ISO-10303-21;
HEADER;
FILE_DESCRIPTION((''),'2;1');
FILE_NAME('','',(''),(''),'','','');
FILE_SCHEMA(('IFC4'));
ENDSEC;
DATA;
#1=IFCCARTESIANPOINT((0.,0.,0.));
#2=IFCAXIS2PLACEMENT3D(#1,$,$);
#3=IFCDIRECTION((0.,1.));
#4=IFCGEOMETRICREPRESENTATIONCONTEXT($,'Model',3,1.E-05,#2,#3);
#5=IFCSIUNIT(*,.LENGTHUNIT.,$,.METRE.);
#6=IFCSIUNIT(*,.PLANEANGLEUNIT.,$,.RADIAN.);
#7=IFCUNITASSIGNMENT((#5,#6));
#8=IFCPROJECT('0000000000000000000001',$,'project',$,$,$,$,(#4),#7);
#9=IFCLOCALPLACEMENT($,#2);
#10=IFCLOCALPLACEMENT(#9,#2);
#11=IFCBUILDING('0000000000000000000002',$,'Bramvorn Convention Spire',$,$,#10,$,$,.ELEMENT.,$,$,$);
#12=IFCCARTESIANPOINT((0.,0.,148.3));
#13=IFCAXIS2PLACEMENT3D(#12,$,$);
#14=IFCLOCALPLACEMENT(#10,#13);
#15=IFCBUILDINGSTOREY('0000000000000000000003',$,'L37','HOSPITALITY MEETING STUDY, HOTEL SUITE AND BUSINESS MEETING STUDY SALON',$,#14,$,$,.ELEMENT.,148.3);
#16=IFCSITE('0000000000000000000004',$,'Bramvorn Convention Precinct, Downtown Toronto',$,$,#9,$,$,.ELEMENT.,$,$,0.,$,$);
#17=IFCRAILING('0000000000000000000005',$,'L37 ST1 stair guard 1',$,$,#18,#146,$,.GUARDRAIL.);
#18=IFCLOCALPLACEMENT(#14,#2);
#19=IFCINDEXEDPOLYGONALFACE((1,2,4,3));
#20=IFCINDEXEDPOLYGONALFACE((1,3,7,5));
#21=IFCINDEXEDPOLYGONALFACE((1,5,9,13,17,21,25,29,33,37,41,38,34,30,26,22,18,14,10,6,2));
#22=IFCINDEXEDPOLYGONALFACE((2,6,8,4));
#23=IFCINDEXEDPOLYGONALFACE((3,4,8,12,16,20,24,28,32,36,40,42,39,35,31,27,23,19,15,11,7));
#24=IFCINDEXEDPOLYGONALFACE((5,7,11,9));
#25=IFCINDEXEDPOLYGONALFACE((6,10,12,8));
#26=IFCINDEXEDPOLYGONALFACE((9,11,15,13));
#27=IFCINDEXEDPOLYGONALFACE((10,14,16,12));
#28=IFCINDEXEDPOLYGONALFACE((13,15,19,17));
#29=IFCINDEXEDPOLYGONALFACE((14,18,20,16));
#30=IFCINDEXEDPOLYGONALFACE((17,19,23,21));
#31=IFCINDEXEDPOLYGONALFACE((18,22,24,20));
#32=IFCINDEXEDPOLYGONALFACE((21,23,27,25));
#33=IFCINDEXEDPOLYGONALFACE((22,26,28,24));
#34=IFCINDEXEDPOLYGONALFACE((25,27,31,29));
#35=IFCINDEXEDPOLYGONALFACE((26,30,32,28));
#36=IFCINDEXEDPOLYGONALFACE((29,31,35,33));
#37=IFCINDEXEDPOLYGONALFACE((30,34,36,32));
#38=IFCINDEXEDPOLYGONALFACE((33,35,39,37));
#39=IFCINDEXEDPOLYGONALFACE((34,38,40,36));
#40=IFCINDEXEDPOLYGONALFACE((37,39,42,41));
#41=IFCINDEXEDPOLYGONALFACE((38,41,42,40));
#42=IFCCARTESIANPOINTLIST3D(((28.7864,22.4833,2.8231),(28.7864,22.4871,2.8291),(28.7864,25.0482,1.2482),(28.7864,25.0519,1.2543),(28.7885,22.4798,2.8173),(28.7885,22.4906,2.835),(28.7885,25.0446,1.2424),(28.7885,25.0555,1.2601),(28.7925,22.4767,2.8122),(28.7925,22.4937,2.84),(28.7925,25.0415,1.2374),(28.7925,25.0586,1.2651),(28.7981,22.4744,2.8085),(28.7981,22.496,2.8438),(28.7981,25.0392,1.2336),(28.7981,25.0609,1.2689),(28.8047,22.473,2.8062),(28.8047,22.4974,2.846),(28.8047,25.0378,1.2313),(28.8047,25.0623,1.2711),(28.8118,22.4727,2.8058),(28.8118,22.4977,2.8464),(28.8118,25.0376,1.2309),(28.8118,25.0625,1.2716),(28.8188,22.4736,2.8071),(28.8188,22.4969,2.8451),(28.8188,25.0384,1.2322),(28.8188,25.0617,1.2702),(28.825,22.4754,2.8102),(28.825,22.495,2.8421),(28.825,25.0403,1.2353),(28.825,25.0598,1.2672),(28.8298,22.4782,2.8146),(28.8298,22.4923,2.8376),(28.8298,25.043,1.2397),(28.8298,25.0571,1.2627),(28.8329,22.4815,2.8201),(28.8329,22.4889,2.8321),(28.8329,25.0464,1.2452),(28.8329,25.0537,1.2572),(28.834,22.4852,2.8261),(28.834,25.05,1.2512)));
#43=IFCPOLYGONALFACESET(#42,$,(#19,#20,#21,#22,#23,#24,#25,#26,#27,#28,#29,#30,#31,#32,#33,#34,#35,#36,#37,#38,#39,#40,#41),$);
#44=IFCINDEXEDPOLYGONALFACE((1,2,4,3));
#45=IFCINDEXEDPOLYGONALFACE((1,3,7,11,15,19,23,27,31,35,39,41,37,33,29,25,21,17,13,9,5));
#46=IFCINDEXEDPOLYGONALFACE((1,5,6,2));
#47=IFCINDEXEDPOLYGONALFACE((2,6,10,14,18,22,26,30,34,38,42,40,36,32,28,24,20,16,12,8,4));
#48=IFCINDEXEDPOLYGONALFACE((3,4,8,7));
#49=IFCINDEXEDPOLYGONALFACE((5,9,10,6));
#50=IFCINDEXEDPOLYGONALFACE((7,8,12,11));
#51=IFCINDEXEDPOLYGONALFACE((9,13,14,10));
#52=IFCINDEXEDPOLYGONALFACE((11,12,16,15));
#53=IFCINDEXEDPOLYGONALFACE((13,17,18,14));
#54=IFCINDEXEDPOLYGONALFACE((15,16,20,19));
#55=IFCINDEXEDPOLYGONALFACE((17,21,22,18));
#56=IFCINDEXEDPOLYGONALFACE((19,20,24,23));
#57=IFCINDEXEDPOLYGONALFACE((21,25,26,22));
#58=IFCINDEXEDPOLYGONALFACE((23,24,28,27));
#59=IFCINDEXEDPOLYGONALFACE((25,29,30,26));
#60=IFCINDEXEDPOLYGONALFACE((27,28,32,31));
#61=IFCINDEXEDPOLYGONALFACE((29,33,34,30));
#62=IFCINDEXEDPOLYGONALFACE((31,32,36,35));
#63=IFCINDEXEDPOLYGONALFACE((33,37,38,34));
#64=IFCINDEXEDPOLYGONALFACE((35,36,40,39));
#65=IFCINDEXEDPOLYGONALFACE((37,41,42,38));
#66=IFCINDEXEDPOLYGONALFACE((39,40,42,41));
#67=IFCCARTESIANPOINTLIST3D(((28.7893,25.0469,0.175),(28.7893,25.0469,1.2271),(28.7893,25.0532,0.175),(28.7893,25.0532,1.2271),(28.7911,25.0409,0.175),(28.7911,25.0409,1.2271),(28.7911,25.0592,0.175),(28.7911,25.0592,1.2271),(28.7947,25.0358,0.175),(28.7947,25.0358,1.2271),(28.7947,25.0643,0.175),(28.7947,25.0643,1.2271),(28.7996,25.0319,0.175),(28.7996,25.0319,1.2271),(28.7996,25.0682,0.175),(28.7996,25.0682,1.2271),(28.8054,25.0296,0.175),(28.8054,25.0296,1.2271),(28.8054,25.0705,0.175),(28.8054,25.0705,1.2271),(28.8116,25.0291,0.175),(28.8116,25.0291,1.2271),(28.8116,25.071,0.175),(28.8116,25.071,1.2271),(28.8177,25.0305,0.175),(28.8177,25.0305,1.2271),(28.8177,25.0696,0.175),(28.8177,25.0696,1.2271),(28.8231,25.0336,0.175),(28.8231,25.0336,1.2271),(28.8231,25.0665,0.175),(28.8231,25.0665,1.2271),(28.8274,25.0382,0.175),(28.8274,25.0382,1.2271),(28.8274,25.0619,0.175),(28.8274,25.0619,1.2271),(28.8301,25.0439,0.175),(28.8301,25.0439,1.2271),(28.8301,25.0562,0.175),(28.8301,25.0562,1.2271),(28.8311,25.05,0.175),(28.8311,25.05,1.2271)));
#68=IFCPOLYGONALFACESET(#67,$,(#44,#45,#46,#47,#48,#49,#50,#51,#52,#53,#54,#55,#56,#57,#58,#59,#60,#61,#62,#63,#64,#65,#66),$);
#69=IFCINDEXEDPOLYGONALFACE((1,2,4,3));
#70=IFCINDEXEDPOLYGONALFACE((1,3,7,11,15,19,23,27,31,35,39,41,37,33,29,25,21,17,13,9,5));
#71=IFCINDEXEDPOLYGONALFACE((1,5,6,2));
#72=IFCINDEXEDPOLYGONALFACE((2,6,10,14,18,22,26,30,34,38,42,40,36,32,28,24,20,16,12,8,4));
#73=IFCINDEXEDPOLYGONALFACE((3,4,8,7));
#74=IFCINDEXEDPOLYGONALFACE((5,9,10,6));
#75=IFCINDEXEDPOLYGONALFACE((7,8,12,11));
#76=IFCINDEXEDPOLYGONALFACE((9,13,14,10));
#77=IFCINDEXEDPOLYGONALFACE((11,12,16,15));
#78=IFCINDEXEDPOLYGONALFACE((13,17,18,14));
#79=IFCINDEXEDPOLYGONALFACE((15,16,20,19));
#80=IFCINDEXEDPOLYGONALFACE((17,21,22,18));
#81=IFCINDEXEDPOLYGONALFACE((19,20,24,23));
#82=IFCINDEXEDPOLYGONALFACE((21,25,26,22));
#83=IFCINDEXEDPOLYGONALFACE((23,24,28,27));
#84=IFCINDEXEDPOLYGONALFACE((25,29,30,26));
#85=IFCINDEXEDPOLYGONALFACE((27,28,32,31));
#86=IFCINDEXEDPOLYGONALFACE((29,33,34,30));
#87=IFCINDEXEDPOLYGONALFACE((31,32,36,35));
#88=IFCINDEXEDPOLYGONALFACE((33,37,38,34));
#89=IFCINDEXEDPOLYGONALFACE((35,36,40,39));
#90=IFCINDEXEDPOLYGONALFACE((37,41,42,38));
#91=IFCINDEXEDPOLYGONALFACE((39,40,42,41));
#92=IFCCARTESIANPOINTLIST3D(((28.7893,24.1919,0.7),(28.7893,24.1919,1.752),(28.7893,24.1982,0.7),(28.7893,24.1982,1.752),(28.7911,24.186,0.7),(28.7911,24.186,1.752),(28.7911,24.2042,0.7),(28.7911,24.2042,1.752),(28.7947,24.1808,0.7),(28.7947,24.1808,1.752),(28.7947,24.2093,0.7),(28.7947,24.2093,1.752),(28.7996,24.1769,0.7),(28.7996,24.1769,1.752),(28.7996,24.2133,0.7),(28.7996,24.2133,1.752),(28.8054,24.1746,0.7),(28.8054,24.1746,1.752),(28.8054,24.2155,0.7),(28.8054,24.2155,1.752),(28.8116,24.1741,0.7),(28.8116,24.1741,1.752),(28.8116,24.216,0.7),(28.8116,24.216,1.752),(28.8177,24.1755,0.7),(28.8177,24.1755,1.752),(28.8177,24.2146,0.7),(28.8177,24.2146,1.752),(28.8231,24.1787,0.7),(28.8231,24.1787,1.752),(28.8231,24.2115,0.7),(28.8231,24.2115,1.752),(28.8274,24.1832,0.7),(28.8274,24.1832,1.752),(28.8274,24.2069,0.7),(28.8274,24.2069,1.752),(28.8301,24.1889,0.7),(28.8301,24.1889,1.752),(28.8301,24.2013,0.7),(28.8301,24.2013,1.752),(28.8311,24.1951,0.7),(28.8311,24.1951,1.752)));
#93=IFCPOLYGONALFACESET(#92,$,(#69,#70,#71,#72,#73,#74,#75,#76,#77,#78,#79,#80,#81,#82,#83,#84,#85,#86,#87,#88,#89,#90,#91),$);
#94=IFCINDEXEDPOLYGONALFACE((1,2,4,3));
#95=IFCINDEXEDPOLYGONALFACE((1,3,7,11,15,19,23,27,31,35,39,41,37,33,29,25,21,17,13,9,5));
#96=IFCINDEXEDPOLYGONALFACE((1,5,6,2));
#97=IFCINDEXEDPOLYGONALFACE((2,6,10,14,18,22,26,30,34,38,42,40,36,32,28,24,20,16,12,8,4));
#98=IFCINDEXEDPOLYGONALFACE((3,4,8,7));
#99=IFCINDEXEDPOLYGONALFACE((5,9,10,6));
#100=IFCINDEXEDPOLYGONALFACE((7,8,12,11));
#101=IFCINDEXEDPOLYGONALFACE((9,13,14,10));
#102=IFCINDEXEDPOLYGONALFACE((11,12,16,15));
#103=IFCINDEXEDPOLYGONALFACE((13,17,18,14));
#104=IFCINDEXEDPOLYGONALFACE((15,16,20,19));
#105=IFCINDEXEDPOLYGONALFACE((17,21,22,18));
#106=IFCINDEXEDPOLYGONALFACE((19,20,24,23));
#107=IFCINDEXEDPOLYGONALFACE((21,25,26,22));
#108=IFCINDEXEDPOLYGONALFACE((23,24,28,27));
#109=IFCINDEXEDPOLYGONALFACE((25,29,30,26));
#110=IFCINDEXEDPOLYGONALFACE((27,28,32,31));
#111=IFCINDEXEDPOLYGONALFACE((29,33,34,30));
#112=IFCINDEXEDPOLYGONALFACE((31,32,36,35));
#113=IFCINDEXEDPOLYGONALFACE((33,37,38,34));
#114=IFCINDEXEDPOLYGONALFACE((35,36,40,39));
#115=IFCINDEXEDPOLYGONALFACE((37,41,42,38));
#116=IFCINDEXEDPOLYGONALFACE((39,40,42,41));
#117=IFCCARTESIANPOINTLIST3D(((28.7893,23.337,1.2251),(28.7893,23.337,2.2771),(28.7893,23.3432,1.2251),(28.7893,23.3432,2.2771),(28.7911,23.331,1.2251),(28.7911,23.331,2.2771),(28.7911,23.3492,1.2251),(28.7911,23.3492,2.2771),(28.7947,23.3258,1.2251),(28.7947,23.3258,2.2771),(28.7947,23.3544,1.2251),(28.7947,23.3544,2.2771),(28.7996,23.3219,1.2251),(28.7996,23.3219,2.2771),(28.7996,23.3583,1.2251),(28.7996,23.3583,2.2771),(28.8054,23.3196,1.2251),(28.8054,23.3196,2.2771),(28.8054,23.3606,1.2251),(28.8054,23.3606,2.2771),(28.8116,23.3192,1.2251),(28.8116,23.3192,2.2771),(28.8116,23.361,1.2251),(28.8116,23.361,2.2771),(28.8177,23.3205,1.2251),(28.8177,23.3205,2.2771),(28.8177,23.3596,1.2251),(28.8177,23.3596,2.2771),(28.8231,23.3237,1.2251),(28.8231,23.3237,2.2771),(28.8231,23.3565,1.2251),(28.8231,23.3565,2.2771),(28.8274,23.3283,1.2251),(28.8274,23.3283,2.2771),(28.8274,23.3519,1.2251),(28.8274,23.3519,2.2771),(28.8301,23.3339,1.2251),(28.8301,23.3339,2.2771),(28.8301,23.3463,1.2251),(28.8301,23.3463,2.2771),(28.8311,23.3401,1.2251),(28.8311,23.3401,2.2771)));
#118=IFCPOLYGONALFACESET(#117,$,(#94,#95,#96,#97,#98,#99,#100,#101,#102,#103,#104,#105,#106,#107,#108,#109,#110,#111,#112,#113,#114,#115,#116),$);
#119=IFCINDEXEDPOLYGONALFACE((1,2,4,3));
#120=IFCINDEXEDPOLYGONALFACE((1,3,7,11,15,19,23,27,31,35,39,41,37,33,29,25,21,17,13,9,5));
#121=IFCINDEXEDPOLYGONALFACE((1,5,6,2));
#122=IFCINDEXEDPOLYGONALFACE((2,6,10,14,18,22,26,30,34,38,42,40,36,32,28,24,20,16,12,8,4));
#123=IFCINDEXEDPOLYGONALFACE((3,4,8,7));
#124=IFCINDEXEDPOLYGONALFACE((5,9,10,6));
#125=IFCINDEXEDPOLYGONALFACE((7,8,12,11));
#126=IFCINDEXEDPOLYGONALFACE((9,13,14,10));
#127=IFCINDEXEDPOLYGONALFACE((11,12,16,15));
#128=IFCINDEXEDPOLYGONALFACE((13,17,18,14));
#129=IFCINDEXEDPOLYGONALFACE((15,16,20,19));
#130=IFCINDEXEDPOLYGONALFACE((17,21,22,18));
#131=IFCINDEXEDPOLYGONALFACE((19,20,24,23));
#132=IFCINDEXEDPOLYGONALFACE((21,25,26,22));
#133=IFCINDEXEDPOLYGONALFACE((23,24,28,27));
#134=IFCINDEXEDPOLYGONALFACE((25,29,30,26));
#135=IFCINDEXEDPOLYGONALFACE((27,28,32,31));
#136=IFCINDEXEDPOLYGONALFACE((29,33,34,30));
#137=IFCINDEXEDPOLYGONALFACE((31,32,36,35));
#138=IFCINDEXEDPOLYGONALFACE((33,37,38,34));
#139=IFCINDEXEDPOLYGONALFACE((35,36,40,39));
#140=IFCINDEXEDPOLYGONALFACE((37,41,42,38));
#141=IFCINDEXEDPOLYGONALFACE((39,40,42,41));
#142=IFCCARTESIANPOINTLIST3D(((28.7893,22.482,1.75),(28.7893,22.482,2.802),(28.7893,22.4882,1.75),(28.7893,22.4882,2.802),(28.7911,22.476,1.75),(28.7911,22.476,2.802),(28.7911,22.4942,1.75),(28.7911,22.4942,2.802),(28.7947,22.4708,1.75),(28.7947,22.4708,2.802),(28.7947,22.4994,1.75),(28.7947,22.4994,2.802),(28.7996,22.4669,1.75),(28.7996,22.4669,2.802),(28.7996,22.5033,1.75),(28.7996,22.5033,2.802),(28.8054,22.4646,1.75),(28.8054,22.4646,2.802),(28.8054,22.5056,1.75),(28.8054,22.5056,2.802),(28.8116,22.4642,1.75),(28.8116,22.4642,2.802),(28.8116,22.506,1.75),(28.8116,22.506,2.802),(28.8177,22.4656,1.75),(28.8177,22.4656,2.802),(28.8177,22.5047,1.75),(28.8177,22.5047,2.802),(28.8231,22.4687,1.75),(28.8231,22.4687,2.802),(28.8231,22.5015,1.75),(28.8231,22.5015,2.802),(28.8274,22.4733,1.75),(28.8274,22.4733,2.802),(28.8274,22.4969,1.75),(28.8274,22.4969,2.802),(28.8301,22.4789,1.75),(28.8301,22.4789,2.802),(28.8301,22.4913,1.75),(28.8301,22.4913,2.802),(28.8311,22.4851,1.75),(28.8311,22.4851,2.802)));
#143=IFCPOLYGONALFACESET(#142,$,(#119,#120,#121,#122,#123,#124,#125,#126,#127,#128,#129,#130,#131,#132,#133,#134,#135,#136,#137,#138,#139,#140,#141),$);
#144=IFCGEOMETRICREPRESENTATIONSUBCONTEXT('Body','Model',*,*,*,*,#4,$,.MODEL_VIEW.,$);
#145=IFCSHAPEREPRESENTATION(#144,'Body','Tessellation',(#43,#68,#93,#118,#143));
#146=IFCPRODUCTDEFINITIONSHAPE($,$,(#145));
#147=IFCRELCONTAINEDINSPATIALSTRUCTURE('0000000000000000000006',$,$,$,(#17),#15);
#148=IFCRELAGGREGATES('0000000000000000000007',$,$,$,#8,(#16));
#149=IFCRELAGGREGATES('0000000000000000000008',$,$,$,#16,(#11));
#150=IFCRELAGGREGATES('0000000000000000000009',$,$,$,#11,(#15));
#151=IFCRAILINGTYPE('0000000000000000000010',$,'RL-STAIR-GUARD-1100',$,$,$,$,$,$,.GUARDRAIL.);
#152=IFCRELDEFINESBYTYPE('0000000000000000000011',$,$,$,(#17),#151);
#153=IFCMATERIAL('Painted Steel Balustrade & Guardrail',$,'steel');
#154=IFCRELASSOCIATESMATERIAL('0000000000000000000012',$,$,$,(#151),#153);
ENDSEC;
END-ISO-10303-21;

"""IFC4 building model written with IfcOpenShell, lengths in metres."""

from ifc_helpers import new_model, si_unit, direction, frame, origin, origin_2d, place, context, subcontext, project, spatial, circle, extrude, material, type_object, element, save


model = new_model("IFC4")

# Units and contexts
model_context = context("Model", 3, precision=1e-05, world=origin(), true_north=direction((0.0, 1.0)))
body_context = subcontext(model_context, "Body", "Model", "MODEL_VIEW")
ifc_project = project(units=[si_unit("LENGTHUNIT", "METRE"), si_unit("PLANEANGLEUNIT", "RADIAN")], contexts=[model_context])

# Site, building, storey
site_placement = place(None, origin())
site = spatial("IfcSite", under=ifc_project, at=site_placement, Name="Bramvorn Convention Precinct, Downtown Toronto", CompositionType="ELEMENT", RefElevation=0.0)
building_placement = place(site_placement, origin())
building = spatial("IfcBuilding", under=site, at=building_placement, Name="Bramvorn Convention Spire", CompositionType="ELEMENT")
storey_placement = place(building_placement, frame((0.0, 0.0, 148.3)))
storey = spatial("IfcBuildingStorey", under=building, at=storey_placement, Name="L37", Description="HOSPITALITY MEETING STUDY, HOTEL SUITE AND BUSINESS MEETING STUDY SALON", CompositionType="ELEMENT", Elevation=148.3)

# Railing
ifc_material_1 = material(Name="Painted Steel Balustrade & Guardrail", Category="steel")
railing_type_1 = type_object("IfcRailingType", Name="RL-STAIR-GUARD-1100", PredefinedType="GUARDRAIL", material=ifc_material_1)
railing_1_placement = place(storey_placement, frame((28.8101, 25.05, 0.175)))
element("IfcRailing", 1, at=railing_1_placement, inside=storey, type_object=railing_type_1, Name="L37 ST1 stair guard 1", PredefinedType="GUARDRAIL", context=body_context, shape_type="SweptSolid", body=[
    extrude(circle(Radius=0.0239, at=origin_2d()), frame((0.0, 0.0, 1.0762), z_axis=(0.0, -0.852173, 0.52326), x_axis=(1.0, 0.0, 0.0)), (0.0, 0.0, 1.0), 3.0098),
    extrude(circle(Radius=0.021, at=origin_2d()), origin(), (0.0, 0.0, 1.0), 1.052),
    extrude(circle(Radius=0.021, at=origin_2d()), frame((0.0, -0.855, 0.5249)), (0.0, 0.0, 1.0), 1.052),
    extrude(circle(Radius=0.021, at=origin_2d()), frame((0.0, -1.71, 1.05)), (0.0, 0.0, 1.0), 1.052),
    extrude(circle(Radius=0.021, at=origin_2d()), frame((0.0, -2.5649, 1.575)), (0.0, 0.0, 1.0), 1.052),
])

save(model, "model.ifc")
